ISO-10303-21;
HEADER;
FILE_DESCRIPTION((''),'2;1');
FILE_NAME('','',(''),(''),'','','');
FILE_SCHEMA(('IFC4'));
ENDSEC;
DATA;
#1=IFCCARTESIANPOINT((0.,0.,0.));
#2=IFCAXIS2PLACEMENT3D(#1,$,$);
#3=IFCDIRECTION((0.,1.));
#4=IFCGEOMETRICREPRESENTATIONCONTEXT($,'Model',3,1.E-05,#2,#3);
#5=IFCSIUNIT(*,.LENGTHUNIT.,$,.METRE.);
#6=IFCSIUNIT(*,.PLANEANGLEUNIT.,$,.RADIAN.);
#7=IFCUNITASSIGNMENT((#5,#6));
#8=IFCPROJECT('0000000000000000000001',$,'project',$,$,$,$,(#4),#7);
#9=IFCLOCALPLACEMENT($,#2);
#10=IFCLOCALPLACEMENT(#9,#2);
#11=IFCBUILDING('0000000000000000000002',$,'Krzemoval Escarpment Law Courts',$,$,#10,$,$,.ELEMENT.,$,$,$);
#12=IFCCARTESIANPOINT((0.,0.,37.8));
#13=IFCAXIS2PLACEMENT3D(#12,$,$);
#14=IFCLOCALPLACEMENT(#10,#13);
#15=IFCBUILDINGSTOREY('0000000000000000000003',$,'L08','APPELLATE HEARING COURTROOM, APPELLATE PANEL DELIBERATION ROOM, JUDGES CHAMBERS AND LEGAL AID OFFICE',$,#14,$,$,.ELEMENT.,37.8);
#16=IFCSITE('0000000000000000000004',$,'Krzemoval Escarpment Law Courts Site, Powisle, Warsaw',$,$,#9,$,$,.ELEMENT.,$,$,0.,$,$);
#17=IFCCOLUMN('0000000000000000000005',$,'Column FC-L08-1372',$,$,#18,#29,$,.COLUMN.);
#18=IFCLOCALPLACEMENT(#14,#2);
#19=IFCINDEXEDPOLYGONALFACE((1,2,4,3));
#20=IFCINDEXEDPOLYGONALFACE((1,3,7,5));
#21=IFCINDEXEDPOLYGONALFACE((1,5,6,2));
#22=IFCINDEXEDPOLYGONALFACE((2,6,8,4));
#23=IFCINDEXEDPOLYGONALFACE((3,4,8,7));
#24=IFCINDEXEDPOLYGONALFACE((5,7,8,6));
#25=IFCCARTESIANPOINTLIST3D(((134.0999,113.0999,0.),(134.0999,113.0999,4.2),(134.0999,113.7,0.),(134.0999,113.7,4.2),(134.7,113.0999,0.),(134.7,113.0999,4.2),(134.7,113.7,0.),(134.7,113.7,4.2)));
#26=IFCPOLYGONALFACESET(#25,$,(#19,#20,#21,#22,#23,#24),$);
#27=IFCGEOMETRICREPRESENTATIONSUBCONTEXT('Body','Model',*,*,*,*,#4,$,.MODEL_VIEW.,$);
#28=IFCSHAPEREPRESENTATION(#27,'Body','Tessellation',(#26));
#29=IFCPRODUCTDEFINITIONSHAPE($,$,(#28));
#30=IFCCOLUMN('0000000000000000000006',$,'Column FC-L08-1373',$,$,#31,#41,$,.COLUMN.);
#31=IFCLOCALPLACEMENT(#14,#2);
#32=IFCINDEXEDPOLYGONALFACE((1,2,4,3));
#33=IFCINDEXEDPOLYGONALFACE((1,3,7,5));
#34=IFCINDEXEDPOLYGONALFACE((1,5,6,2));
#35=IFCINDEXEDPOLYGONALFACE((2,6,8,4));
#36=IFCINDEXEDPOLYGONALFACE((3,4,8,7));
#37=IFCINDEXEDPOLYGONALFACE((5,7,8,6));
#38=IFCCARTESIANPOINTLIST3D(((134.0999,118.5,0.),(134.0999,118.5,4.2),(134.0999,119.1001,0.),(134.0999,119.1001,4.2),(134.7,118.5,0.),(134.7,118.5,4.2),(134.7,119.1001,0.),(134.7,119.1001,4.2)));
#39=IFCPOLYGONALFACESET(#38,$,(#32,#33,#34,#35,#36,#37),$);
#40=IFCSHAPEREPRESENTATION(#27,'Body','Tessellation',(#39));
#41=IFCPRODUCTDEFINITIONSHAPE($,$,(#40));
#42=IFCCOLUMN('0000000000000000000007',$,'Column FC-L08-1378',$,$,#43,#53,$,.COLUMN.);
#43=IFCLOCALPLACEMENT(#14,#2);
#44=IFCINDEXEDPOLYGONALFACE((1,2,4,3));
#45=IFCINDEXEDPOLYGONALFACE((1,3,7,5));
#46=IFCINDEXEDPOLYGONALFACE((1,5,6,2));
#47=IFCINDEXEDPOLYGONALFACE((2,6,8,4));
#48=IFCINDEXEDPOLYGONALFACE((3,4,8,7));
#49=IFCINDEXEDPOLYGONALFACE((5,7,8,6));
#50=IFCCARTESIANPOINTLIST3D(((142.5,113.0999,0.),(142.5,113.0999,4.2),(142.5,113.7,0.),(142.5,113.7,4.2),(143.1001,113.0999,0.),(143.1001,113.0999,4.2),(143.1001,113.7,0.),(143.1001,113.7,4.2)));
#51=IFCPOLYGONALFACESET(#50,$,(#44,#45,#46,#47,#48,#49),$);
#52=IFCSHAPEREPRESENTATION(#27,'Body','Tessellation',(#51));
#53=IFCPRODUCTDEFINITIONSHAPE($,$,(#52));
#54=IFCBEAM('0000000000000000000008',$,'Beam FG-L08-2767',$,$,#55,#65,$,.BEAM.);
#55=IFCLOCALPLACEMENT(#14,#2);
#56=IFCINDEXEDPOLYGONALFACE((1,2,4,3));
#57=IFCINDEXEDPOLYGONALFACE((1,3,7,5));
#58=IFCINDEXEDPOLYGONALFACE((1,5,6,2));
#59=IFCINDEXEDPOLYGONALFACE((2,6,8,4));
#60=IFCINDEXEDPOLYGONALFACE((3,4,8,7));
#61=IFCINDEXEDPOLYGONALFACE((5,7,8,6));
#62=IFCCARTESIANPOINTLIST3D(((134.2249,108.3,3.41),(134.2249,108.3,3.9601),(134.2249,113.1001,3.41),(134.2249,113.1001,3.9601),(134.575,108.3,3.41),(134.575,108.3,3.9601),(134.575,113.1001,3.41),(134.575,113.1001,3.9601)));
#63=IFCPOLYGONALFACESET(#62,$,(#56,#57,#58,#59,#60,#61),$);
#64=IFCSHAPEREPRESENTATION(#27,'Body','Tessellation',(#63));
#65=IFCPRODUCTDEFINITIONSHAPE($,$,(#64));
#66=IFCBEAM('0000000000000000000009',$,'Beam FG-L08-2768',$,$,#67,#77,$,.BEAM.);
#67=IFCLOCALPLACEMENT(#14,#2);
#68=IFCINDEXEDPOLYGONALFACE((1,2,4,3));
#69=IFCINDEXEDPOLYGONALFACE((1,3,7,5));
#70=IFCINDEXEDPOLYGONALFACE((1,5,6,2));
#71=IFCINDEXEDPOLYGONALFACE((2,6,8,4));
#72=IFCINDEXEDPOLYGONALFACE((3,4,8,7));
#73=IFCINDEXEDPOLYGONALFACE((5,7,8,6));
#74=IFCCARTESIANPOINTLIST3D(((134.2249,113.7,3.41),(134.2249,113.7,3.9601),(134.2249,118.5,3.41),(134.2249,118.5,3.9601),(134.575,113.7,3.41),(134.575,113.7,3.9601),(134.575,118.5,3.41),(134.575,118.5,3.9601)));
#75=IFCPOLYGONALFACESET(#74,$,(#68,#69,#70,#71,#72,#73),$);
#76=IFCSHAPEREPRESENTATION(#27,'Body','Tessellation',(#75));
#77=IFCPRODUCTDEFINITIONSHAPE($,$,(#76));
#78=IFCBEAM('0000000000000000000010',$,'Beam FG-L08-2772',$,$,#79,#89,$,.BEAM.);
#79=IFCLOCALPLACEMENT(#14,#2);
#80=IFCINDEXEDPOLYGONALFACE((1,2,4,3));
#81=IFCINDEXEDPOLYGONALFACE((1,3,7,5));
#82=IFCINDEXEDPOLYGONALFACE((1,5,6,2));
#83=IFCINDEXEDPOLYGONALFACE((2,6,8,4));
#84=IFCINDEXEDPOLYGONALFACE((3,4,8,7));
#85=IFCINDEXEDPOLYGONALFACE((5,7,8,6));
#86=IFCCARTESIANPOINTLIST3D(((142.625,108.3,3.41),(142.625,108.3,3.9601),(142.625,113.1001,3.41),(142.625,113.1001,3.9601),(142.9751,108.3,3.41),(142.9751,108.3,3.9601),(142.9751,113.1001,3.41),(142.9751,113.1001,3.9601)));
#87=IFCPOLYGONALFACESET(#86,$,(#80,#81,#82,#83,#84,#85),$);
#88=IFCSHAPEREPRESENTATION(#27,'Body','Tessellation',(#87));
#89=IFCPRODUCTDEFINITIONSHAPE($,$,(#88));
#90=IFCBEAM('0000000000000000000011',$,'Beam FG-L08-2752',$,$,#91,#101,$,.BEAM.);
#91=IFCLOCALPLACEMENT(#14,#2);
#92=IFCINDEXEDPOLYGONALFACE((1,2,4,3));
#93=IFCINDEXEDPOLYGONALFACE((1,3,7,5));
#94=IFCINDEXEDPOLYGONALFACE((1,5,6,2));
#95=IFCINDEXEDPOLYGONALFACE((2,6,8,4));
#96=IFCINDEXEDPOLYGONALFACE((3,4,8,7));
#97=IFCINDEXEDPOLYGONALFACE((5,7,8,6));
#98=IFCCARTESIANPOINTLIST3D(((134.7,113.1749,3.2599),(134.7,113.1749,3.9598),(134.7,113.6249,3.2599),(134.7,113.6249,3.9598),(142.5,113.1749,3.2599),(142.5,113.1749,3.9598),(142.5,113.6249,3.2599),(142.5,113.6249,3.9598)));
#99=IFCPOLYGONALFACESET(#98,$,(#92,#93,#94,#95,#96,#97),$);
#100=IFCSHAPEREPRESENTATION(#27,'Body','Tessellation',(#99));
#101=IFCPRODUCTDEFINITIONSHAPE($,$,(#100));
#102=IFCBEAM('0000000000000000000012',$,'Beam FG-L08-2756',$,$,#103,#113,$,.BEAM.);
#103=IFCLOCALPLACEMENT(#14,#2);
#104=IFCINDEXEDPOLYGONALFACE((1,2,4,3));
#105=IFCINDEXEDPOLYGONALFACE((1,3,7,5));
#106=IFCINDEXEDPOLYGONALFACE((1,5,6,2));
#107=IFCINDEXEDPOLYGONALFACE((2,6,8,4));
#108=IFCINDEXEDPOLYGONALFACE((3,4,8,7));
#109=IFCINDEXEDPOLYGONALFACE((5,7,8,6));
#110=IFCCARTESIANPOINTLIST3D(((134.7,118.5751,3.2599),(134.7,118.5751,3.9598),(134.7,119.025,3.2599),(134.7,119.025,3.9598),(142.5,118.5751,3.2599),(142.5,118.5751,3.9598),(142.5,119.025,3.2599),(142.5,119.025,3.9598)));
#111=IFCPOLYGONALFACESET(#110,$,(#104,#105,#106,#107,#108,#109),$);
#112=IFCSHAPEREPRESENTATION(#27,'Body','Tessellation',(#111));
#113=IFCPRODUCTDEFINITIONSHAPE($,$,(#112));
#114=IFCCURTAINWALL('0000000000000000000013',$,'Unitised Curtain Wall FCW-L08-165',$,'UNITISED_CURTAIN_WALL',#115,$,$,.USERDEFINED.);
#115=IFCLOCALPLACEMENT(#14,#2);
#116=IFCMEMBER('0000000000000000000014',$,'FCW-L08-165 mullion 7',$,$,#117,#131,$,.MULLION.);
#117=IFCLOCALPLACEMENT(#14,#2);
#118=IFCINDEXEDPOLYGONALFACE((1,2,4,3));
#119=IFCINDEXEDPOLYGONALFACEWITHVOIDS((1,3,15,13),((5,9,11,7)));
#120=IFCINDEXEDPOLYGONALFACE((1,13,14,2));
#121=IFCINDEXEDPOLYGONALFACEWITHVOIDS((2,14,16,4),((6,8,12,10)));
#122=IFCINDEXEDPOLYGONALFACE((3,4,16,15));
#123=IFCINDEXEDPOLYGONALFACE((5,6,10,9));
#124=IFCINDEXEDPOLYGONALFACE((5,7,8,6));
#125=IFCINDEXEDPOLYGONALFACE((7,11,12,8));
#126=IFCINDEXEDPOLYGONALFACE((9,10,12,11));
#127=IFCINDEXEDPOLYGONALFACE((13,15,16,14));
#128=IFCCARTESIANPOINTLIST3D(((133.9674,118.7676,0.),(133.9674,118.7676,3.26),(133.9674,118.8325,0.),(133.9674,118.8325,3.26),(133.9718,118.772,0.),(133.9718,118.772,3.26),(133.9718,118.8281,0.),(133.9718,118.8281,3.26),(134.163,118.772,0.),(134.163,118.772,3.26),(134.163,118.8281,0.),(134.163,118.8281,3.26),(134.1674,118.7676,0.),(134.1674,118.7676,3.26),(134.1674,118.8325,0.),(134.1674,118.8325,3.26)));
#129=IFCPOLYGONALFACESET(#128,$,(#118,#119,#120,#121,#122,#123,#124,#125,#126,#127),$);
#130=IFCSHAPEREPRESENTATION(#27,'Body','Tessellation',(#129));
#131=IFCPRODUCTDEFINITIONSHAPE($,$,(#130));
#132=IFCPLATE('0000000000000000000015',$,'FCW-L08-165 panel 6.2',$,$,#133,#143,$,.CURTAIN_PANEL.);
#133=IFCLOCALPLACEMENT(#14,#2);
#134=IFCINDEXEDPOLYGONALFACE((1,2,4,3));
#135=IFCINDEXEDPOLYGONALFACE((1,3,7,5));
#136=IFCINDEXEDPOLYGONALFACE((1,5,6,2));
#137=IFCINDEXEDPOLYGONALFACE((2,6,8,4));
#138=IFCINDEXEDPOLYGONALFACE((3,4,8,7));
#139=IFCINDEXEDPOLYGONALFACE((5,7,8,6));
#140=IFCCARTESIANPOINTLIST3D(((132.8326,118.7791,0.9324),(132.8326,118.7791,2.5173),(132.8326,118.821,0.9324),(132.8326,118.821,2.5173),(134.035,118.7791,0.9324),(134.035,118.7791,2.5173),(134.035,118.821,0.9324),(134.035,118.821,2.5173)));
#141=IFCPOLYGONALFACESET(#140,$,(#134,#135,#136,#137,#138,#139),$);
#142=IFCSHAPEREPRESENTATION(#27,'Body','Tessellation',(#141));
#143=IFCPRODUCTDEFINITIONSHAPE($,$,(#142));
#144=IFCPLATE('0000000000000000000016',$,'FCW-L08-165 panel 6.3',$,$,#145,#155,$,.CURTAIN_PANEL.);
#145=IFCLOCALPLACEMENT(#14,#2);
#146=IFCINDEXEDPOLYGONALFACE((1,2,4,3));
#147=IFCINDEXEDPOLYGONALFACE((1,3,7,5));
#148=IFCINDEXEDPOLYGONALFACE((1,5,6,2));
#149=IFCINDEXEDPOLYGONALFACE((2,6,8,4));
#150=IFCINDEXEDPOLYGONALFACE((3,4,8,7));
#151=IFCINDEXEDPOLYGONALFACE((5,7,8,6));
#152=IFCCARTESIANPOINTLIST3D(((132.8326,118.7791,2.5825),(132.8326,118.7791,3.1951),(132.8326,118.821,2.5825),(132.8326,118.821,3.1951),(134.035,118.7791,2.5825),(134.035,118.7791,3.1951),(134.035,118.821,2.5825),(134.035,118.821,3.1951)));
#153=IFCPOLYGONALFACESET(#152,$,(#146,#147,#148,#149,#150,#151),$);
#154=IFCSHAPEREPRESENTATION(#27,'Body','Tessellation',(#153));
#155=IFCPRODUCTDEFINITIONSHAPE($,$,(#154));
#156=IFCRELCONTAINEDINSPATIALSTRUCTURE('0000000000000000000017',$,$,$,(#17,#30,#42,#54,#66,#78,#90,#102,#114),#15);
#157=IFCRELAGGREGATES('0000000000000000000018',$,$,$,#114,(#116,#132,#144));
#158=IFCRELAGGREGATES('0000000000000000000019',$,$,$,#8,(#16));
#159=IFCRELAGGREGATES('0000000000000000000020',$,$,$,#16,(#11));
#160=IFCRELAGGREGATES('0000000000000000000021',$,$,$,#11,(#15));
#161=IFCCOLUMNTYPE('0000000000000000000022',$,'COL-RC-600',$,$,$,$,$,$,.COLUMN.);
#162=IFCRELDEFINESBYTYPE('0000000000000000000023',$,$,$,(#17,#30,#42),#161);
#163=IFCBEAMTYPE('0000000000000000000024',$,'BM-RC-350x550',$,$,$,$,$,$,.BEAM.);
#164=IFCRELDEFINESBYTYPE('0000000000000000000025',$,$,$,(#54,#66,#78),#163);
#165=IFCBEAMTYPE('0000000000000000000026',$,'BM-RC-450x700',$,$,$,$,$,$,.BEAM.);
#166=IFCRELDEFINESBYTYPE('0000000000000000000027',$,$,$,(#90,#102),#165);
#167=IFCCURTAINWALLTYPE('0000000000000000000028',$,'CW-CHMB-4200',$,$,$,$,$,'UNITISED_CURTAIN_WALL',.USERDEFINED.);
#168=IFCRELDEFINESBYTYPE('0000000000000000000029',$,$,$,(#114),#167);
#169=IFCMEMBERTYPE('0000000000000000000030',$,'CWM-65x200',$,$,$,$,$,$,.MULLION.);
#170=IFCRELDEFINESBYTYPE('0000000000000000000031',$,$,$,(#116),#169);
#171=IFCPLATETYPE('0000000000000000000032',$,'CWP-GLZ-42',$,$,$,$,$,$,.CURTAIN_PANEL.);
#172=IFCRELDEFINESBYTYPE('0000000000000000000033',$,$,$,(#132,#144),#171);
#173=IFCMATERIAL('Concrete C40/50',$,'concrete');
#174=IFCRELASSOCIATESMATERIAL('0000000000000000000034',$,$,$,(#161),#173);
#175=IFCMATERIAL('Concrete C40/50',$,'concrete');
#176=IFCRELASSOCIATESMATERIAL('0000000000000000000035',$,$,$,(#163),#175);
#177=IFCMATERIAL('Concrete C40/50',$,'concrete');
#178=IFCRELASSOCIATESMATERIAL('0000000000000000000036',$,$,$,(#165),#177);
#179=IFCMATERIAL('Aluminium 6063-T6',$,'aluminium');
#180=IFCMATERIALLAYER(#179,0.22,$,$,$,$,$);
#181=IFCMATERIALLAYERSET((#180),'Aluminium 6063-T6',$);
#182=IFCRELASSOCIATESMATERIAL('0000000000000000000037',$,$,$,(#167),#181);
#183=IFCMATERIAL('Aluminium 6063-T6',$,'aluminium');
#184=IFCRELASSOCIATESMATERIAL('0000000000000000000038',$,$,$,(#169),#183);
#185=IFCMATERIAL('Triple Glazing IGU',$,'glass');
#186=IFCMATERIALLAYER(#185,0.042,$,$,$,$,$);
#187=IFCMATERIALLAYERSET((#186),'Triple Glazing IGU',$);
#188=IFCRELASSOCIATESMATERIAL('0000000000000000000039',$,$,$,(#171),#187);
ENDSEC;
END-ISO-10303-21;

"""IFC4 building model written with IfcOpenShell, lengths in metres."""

from ifc_helpers import new_model, si_unit, direction, frame, origin, origin_2d, place, context, subcontext, project, spatial, rectangle, hollow_rectangle, extrude, material, layer, layer_set, material_profile, profile_set, type_object, element, aggregate, save


model = new_model("IFC4")

# Units and contexts
model_context = context("Model", 3, precision=1e-05, world=origin(), true_north=direction((0.0, 1.0)))
body_context = subcontext(model_context, "Body", "Model", "MODEL_VIEW")
ifc_project = project(units=[si_unit("LENGTHUNIT", "METRE"), si_unit("PLANEANGLEUNIT", "RADIAN")], contexts=[model_context])

# Site, building, storey
site_placement = place(None, origin())
site = spatial("IfcSite", under=ifc_project, at=site_placement, Name="Krzemoval Escarpment Law Courts Site, Powisle, Warsaw", CompositionType="ELEMENT", RefElevation=0.0)
building_placement = place(site_placement, origin())
building = spatial("IfcBuilding", under=site, at=building_placement, Name="Krzemoval Escarpment Law Courts", CompositionType="ELEMENT")
storey_placement = place(building_placement, frame((0.0, 0.0, 37.8)))
storey = spatial("IfcBuildingStorey", under=building, at=storey_placement, Name="L08", Description="APPELLATE HEARING COURTROOM, APPELLATE PANEL DELIBERATION ROOM, JUDGES CHAMBERS AND LEGAL AID OFFICE", CompositionType="ELEMENT", Elevation=37.8)

# Columns
ifc_material_1 = material(Name="Concrete C40/50", Category="concrete")
ifc_material_profile_1 = material_profile(ifc_material_1, rectangle(XDim=0.6001, YDim=0.6001, at=origin_2d()), Name="RC 600x600")
ifc_profile_set_1 = profile_set([ifc_material_profile_1], Name="Concrete C40/50")
column_type = type_object("IfcColumnType", Name="COL-RC-600", PredefinedType="COLUMN", material=ifc_profile_set_1)
for number, where, z_axis, x_axis, name in (
    (1, (134.3999, 113.3999, 0.0), (0.0, 0.0, 1.0), (1.0, 0.0, 0.0), "Column FC-L08-1372"),
    (2, (134.3999, 118.8, 0.0), (0.0, 0.0, 1.0), (1.0, 0.0, 0.0), "Column FC-L08-1373"),
    (3, (142.8, 113.3999, 0.0), (0.0, 0.0, 1.0), (1.0, 0.0, 0.0), "Column FC-L08-1378"),
):
    element("IfcColumn", number, at=place(storey_placement, frame(where, z_axis=z_axis, x_axis=x_axis)), inside=storey, type_object=column_type, Name=name, PredefinedType="COLUMN", context=body_context, shape_type="SweptSolid", body=[
        extrude(rectangle(XDim=0.6001, YDim=0.6001, at=origin_2d()), origin(), (0.0, 0.0, 1.0), 4.2),
    ])

# Beams
ifc_material_2 = material(Name="Concrete C40/50", Category="concrete")
ifc_material_profile_2 = material_profile(ifc_material_2, rectangle(XDim=0.3501, YDim=0.55, at=origin_2d()), Name="RCB 350x550")
ifc_profile_set_2 = profile_set([ifc_material_profile_2], Name="Concrete C40/50")
beam_type_1 = type_object("IfcBeamType", Name="BM-RC-350x550", PredefinedType="BEAM", material=ifc_profile_set_2)
for number, where, z_axis, x_axis, name in (
    (4, (134.3999, 108.3, 3.6851), (0.0, 1.0, 0.0), (-1.0, 0.0, 0.0), "Beam FG-L08-2767"),
    (5, (134.3999, 113.7, 3.6851), (0.0, 1.0, 0.0), (-1.0, 0.0, 0.0), "Beam FG-L08-2768"),
    (6, (142.8, 108.3, 3.6851), (0.0, 1.0, 0.0), (-1.0, 0.0, 0.0), "Beam FG-L08-2772"),
):
    element("IfcBeam", number, at=place(storey_placement, frame(where, z_axis=z_axis, x_axis=x_axis)), inside=storey, type_object=beam_type_1, Name=name, PredefinedType="BEAM", context=body_context, shape_type="SweptSolid", body=[
        extrude(rectangle(XDim=0.3501, YDim=0.55, at=origin_2d()), origin(), (0.0, 0.0, 1.0), 4.8),
    ])
ifc_material_3 = material(Name="Concrete C40/50", Category="concrete")
ifc_material_profile_3 = material_profile(ifc_material_3, rectangle(XDim=0.45, YDim=0.7, at=origin_2d()), Name="RCB 450x700")
ifc_profile_set_3 = profile_set([ifc_material_profile_3], Name="Concrete C40/50")
beam_type_2 = type_object("IfcBeamType", Name="BM-RC-450x700", PredefinedType="BEAM", material=ifc_profile_set_3)
for number, where, z_axis, x_axis, name in (
    (7, (134.7, 113.3999, 3.6099), (1.0, 0.0, 0.0), (0.0, 1.0, 0.0), "Beam FG-L08-2752"),
    (8, (134.7, 118.8, 3.6099), (1.0, 0.0, 0.0), (0.0, 1.0, 0.0), "Beam FG-L08-2756"),
):
    element("IfcBeam", number, at=place(storey_placement, frame(where, z_axis=z_axis, x_axis=x_axis)), inside=storey, type_object=beam_type_2, Name=name, PredefinedType="BEAM", context=body_context, shape_type="SweptSolid", body=[
        extrude(rectangle(XDim=0.45, YDim=0.7, at=origin_2d()), origin(), (0.0, 0.0, 1.0), 7.8),
    ])

# Curtain wall, member, plates
ifc_material_4 = material(Name="Aluminium 6063-T6", Category="aluminium")
ifc_layer_1 = layer(ifc_material_4, 0.22)
ifc_layer_set_1 = layer_set([ifc_layer_1], Name="Aluminium 6063-T6")
curtain_wall_type = type_object("IfcCurtainWallType", Name="CW-CHMB-4200", ElementType="UNITISED_CURTAIN_WALL", PredefinedType="USERDEFINED", material=ifc_layer_set_1)
curtain_wall_placement = place(storey_placement, origin())
curtain_wall = element("IfcCurtainWall", 9, at=curtain_wall_placement, inside=storey, type_object=curtain_wall_type, Name="Unitised Curtain Wall FCW-L08-165", ObjectType="UNITISED_CURTAIN_WALL", PredefinedType="USERDEFINED")
ifc_material_5 = material(Name="Aluminium 6063-T6", Category="aluminium")
ifc_material_profile_4 = material_profile(ifc_material_5, hollow_rectangle(XDim=0.0649, YDim=0.2, WallThickness=0.0044, at=origin_2d()), Name="ALU M65x200")
ifc_profile_set_4 = profile_set([ifc_material_profile_4], Name="Aluminium 6063-T6")
member_type = type_object("IfcMemberType", Name="CWM-65x200", PredefinedType="MULLION", material=ifc_profile_set_4)
member_placement = place(storey_placement, frame((134.0674, 118.8, 0.0), z_axis=(0.0, 0.0, 1.0), x_axis=(0.0, 1.0, 0.0)))
member = element("IfcMember", 10, at=member_placement, type_object=member_type, Name="FCW-L08-165 mullion 7", PredefinedType="MULLION", context=body_context, shape_type="SweptSolid", body=[
    extrude(hollow_rectangle(XDim=0.0649, YDim=0.2, WallThickness=0.0044, at=origin_2d()), origin(), (0.0, 0.0, 1.0), 3.26),
])
ifc_material_6 = material(Name="Triple Glazing IGU", Category="glass")
ifc_layer_2 = layer(ifc_material_6, 0.042)
ifc_layer_set_2 = layer_set([ifc_layer_2], Name="Triple Glazing IGU")
plate_type = type_object("IfcPlateType", Name="CWP-GLZ-42", PredefinedType="CURTAIN_PANEL", material=ifc_layer_set_2)
plate_1_placement = place(storey_placement, frame((133.4338, 118.8, 0.9324), z_axis=(0.0, 0.0, 1.0), x_axis=(1.0, 0.0, 0.0)))
plate_1 = element("IfcPlate", 11, at=plate_1_placement, type_object=plate_type, Name="FCW-L08-165 panel 6.2", PredefinedType="CURTAIN_PANEL", context=body_context, shape_type="SweptSolid", body=[
    extrude(rectangle(XDim=1.2024, YDim=0.042, at=origin_2d()), origin(), (0.0, 0.0, 1.0), 1.585),
])
plate_2_placement = place(storey_placement, frame((133.4338, 118.8, 2.5825), z_axis=(0.0, 0.0, 1.0), x_axis=(1.0, 0.0, 0.0)))
plate_2 = element("IfcPlate", 12, at=plate_2_placement, type_object=plate_type, Name="FCW-L08-165 panel 6.3", PredefinedType="CURTAIN_PANEL", context=body_context, shape_type="SweptSolid", body=[
    extrude(rectangle(XDim=1.2024, YDim=0.042, at=origin_2d()), origin(), (0.0, 0.0, 1.0), 0.6125),
])
aggregate(curtain_wall, [member, plate_1, plate_2])

save(model, "model.ifc")
